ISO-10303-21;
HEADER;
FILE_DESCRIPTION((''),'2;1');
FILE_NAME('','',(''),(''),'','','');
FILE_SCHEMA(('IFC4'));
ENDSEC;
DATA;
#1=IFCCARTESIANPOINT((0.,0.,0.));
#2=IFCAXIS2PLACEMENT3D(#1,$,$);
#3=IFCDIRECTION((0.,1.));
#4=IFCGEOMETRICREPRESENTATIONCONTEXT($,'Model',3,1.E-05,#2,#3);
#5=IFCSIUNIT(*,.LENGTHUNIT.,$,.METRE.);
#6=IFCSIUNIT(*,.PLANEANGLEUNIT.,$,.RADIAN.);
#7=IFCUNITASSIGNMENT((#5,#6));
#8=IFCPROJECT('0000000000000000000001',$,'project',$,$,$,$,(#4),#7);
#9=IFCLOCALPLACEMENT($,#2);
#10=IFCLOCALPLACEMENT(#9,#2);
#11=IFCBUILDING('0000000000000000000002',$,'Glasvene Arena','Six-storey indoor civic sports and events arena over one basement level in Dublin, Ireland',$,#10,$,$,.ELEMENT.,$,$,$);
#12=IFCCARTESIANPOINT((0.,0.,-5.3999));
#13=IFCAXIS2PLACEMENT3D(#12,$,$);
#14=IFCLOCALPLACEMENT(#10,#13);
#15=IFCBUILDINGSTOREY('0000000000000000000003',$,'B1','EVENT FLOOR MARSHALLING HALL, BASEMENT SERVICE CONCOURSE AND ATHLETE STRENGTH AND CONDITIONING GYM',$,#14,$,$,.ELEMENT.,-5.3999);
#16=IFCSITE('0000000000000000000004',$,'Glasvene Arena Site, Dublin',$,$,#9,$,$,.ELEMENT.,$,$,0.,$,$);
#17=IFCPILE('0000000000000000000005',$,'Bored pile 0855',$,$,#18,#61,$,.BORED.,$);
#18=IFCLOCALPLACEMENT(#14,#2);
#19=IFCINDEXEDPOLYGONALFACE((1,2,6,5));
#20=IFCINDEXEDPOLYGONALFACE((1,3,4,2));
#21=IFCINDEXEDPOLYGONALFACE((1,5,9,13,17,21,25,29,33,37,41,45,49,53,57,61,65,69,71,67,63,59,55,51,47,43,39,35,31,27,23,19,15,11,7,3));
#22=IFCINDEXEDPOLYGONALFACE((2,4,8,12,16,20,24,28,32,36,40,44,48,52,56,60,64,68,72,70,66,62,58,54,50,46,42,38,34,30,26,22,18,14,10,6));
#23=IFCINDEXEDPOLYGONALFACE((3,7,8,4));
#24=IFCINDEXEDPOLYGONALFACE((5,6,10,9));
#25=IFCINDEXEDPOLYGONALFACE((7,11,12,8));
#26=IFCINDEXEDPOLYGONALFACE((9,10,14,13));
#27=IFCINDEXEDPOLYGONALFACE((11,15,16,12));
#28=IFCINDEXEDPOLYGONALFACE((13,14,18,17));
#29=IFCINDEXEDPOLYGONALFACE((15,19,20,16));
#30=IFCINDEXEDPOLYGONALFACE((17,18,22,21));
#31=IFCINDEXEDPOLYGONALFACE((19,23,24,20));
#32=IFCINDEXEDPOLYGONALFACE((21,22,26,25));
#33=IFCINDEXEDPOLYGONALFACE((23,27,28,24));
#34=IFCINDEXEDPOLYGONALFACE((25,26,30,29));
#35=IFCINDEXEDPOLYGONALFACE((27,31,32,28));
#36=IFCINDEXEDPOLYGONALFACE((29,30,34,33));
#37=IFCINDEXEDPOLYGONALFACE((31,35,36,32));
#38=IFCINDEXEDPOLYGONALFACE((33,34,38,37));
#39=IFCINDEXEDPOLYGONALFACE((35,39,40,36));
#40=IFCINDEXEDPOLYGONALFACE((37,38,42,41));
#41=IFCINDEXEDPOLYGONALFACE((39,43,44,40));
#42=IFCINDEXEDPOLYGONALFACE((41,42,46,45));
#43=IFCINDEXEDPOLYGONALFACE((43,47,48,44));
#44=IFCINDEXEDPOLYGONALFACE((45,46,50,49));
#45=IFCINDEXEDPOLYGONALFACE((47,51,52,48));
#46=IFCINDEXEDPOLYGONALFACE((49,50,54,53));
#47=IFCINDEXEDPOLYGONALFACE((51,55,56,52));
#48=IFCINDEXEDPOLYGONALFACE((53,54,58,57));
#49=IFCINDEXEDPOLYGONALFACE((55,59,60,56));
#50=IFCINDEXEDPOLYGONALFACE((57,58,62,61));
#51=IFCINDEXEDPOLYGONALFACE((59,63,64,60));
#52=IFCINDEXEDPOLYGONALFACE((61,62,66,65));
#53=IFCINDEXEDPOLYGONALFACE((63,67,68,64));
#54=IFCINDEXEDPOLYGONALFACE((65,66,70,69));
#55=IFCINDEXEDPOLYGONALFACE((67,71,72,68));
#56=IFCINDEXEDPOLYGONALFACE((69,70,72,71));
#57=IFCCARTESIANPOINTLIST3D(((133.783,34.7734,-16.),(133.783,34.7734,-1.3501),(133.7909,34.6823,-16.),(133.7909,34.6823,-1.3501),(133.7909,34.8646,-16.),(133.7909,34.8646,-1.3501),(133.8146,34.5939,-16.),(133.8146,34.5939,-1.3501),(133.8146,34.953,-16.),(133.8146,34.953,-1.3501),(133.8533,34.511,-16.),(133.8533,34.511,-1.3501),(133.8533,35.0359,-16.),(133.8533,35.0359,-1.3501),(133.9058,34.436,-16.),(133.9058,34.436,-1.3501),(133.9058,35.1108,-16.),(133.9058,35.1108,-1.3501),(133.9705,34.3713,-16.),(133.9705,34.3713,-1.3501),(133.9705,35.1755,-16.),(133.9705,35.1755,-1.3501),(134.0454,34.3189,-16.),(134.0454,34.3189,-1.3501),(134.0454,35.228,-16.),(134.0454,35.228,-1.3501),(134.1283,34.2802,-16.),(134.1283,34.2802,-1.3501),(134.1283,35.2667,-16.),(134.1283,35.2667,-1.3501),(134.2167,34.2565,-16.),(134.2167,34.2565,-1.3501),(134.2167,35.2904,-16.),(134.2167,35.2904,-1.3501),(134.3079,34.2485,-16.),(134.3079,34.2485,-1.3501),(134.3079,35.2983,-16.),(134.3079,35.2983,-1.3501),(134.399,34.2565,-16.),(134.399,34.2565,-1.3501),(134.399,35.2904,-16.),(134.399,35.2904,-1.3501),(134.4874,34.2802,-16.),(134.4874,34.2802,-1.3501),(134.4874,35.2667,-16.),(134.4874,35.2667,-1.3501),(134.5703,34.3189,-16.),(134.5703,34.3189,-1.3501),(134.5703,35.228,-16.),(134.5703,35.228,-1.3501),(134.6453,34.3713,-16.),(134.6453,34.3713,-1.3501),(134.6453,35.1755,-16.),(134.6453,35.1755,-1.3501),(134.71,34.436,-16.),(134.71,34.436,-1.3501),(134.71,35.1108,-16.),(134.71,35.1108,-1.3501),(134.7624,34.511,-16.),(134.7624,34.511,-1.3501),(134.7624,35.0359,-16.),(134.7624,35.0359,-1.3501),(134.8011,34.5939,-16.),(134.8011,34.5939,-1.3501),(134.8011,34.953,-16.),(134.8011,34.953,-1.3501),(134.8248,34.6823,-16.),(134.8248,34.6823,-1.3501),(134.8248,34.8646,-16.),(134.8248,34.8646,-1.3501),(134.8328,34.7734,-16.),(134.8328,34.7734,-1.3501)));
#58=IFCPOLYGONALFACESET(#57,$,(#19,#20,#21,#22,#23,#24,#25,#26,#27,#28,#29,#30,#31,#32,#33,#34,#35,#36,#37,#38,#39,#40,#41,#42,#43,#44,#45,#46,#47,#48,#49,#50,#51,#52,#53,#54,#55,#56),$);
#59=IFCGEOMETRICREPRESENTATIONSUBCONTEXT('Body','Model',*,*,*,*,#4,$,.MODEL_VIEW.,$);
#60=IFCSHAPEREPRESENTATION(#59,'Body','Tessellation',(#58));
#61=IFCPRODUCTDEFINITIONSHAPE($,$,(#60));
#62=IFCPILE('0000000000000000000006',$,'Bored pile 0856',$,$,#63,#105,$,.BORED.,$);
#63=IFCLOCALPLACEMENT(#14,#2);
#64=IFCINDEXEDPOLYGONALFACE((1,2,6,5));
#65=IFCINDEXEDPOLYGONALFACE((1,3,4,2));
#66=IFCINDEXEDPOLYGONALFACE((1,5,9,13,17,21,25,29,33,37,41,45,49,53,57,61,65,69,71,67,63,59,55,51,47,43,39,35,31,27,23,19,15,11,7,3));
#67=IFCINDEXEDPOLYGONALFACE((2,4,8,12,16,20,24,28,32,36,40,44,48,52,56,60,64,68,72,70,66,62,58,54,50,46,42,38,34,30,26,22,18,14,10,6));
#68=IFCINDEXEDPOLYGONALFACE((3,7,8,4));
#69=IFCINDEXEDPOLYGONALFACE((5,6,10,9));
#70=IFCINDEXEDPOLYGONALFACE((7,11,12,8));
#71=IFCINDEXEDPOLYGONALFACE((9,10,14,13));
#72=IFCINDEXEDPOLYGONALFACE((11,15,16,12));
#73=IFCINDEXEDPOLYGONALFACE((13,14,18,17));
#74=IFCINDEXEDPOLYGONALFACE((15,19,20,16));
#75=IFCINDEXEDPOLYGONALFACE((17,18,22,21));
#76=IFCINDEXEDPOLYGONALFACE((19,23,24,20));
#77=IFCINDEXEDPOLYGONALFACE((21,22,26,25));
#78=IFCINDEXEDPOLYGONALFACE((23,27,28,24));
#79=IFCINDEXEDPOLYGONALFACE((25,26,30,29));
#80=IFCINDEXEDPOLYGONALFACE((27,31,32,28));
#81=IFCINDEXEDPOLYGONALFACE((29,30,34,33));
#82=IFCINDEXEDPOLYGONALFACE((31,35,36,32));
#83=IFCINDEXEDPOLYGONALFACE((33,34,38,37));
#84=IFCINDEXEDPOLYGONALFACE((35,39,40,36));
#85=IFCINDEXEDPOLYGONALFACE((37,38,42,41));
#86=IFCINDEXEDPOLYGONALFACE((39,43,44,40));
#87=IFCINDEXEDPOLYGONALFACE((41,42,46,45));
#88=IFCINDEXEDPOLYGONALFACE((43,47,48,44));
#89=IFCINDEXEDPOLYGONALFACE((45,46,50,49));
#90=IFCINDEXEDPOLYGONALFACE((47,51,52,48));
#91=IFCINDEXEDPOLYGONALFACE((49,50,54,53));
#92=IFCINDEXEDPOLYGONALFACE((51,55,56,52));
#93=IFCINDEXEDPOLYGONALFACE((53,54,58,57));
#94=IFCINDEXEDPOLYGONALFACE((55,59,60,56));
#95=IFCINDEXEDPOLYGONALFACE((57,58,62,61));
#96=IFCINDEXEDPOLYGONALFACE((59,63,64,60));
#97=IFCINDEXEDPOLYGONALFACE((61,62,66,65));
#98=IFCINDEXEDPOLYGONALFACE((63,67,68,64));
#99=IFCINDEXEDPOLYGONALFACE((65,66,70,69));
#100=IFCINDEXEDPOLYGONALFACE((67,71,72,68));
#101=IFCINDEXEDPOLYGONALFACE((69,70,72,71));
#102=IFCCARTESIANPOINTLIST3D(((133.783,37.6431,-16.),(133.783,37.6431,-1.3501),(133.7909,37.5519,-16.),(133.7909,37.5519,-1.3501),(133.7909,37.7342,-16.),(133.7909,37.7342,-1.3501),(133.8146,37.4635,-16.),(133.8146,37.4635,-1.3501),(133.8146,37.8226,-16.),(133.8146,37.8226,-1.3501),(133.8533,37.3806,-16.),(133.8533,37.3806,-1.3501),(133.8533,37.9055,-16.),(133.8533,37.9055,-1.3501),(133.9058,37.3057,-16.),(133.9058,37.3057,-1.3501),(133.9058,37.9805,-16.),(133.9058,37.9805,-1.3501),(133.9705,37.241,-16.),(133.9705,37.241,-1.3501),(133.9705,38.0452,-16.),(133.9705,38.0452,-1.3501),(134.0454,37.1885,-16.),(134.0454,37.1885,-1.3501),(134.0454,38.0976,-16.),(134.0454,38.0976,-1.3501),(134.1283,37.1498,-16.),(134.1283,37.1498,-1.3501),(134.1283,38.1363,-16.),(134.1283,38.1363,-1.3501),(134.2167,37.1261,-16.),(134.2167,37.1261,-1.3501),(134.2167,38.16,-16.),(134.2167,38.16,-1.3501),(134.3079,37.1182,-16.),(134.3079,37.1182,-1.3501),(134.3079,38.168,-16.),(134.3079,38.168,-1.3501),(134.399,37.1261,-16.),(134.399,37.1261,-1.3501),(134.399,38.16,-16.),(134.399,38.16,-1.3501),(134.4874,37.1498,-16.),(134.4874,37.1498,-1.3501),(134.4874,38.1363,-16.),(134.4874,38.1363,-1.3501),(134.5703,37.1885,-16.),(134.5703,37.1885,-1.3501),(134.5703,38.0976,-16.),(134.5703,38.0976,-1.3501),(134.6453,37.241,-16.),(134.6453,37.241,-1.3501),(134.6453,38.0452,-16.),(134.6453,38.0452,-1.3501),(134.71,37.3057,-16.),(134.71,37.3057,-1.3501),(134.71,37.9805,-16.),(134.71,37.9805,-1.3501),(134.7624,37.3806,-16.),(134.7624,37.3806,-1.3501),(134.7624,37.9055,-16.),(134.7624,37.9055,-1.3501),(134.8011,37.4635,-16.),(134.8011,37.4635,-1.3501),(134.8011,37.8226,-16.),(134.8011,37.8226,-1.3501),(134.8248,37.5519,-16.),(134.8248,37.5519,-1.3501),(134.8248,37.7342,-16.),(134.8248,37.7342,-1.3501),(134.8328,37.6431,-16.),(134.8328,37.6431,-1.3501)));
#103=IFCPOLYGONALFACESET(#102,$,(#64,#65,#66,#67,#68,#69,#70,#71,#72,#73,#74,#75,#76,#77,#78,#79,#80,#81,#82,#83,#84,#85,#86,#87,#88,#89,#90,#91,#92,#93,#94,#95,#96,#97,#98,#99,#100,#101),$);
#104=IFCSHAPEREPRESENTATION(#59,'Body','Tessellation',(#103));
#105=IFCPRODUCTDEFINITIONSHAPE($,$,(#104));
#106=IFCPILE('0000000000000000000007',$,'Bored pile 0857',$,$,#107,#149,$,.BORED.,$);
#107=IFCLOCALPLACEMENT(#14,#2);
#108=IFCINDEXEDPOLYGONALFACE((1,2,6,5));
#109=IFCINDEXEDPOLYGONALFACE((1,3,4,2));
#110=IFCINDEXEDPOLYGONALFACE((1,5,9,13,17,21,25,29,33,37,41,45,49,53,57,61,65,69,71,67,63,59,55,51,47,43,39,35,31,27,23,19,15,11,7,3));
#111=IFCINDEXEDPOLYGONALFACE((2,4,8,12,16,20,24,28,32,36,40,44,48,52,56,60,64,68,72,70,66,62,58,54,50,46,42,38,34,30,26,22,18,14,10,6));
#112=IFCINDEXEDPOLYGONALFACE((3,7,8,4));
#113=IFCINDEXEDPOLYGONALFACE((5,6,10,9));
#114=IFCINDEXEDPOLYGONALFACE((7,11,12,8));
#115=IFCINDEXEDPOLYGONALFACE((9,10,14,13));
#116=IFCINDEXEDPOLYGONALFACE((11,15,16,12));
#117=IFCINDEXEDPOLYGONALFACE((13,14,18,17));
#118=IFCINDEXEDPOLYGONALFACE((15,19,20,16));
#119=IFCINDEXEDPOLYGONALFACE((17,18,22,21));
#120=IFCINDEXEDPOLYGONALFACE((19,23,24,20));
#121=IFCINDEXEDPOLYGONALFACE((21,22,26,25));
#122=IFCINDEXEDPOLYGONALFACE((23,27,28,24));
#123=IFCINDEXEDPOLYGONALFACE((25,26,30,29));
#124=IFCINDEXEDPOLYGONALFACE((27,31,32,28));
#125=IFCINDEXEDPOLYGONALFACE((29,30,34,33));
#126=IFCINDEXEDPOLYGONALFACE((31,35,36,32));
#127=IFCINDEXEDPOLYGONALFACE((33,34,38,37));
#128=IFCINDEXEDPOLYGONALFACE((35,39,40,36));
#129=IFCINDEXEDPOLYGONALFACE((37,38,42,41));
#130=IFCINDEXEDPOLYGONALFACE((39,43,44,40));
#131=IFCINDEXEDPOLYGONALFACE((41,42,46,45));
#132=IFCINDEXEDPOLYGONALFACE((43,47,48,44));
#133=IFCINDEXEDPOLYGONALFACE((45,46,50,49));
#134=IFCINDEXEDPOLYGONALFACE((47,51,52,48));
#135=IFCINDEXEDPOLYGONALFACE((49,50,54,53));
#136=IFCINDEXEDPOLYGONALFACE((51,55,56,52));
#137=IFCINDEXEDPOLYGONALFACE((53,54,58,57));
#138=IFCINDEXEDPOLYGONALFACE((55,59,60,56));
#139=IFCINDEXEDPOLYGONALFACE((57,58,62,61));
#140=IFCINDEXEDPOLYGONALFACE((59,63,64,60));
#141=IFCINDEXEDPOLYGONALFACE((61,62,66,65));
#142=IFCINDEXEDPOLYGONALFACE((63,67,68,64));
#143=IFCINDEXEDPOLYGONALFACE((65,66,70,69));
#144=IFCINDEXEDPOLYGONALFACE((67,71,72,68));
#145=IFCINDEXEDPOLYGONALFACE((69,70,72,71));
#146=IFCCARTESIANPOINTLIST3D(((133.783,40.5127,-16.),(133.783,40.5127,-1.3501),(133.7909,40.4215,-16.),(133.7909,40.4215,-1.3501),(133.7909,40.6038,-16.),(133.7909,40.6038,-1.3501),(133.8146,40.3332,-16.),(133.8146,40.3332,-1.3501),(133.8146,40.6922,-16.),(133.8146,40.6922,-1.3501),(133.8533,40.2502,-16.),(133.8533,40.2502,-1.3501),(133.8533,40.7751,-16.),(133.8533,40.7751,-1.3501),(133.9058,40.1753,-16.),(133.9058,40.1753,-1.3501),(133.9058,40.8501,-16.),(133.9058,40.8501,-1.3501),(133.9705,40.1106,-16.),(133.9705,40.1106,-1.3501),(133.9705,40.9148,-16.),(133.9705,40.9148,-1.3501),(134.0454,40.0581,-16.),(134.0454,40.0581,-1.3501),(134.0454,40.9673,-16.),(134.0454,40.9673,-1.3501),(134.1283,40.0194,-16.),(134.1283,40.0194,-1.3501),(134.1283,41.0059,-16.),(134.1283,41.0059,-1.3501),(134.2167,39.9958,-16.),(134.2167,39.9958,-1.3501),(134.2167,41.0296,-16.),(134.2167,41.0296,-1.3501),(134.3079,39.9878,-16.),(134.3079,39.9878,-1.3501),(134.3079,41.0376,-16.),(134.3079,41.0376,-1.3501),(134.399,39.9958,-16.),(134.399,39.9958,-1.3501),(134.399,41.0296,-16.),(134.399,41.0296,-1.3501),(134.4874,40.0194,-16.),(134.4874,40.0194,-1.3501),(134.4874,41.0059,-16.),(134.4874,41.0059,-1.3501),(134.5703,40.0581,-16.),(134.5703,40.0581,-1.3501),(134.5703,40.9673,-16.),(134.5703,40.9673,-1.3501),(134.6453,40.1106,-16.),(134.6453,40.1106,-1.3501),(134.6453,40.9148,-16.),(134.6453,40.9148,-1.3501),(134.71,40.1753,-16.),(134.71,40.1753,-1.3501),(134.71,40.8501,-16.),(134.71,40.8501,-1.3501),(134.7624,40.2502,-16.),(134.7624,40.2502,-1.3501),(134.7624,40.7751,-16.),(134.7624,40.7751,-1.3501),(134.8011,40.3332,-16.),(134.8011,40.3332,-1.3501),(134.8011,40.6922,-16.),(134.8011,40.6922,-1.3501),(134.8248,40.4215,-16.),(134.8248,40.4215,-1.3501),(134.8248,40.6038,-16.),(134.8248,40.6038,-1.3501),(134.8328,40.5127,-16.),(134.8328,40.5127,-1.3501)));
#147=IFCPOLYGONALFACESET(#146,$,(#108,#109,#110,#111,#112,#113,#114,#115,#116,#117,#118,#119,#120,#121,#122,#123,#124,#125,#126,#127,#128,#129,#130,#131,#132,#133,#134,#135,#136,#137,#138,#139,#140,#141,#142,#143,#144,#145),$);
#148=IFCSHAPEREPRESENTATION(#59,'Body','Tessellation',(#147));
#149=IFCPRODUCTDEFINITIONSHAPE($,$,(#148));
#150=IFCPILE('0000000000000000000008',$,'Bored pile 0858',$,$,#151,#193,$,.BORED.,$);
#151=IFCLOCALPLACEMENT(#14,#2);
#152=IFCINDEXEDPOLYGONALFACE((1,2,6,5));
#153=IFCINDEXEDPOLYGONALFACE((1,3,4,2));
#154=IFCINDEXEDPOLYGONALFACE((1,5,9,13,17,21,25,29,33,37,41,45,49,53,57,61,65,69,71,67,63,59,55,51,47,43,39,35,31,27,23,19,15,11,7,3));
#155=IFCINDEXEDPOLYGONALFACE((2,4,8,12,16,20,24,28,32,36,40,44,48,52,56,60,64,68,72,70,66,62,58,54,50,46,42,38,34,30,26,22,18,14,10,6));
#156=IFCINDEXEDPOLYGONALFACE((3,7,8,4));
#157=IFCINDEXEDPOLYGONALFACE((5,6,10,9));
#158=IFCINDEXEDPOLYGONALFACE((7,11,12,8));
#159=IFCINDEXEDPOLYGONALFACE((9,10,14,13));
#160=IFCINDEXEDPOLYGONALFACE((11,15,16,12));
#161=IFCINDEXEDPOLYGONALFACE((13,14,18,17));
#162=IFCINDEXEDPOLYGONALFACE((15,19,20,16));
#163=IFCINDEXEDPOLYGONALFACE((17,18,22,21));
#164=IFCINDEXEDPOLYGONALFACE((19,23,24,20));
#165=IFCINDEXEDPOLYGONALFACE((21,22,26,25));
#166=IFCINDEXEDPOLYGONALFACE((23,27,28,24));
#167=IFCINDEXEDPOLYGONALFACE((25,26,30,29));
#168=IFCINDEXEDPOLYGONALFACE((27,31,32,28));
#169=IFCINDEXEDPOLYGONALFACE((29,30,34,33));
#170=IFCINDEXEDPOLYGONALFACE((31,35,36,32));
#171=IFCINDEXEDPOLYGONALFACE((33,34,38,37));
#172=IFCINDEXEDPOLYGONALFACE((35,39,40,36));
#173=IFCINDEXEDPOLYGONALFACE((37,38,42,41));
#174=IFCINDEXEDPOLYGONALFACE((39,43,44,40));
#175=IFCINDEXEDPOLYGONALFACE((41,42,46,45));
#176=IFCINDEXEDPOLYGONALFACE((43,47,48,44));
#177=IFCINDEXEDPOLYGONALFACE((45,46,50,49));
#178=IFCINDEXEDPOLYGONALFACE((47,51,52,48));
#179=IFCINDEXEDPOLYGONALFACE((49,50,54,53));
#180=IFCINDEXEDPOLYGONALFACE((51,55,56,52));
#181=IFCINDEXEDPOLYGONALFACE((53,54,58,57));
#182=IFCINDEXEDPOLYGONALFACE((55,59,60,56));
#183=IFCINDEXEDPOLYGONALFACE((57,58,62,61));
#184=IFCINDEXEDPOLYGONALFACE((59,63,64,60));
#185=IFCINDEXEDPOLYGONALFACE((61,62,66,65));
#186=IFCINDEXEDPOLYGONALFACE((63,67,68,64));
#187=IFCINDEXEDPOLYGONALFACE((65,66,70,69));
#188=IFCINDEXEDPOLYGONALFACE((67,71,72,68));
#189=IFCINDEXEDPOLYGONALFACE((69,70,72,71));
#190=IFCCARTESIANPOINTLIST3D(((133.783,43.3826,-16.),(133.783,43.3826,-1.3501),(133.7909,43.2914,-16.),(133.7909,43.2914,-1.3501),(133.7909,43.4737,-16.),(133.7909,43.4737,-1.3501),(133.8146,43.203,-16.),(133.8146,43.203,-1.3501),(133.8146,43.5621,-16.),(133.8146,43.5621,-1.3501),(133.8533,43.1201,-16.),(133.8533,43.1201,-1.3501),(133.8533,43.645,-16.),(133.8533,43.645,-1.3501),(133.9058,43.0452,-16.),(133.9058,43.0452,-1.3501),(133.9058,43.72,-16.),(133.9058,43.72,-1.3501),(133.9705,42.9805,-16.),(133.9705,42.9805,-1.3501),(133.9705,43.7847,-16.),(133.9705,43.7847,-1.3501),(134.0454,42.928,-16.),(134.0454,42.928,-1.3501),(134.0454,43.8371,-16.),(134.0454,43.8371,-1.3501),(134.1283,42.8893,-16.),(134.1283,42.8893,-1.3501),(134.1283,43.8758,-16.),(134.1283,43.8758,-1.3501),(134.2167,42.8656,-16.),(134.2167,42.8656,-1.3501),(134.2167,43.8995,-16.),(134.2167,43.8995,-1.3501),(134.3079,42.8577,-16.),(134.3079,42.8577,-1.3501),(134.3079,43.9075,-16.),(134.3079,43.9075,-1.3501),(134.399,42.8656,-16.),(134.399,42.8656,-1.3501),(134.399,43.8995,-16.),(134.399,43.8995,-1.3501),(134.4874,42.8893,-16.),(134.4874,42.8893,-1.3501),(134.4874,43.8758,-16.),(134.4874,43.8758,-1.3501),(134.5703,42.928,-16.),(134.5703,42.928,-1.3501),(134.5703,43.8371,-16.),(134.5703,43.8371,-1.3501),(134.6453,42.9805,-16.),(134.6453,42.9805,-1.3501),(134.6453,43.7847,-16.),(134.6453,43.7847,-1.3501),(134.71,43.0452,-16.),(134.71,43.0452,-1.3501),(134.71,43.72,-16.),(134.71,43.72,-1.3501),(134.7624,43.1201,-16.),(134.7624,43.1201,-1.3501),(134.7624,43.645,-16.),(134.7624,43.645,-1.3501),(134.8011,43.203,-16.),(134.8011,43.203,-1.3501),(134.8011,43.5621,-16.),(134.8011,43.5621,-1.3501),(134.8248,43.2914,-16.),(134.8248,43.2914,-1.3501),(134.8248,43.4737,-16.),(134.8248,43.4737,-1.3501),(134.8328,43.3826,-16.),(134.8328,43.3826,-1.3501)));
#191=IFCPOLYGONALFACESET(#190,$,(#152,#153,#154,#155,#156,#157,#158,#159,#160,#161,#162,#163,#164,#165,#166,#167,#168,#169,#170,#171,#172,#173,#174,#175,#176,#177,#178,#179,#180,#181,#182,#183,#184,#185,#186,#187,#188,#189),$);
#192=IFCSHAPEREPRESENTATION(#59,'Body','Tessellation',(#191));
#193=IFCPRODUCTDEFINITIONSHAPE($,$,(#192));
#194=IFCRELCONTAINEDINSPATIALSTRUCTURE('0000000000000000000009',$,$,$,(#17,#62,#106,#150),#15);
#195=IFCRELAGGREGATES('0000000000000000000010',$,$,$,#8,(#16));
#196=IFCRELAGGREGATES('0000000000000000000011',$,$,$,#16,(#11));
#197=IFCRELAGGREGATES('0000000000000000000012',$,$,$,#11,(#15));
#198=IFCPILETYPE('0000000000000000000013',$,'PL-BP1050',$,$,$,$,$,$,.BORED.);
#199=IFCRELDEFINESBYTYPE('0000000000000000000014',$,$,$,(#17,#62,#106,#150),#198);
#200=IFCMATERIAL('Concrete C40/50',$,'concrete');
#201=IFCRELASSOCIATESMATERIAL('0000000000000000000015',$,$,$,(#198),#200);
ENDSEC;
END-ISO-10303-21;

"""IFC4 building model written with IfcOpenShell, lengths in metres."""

from ifc_helpers import new_model, si_unit, direction, frame, origin, origin_2d, place, context, subcontext, project, spatial, circle, extrude, material, material_profile, profile_set, type_object, element, save


model = new_model("IFC4")

# Units and contexts
model_context = context("Model", 3, precision=1e-05, world=origin(), true_north=direction((0.0, 1.0)))
body_context = subcontext(model_context, "Body", "Model", "MODEL_VIEW")
ifc_project = project(units=[si_unit("LENGTHUNIT", "METRE"), si_unit("PLANEANGLEUNIT", "RADIAN")], contexts=[model_context])

# Site, building, storey
site_placement = place(None, origin())
site = spatial("IfcSite", under=ifc_project, at=site_placement, Name="Glasvene Arena Site, Dublin", CompositionType="ELEMENT", RefElevation=0.0)
building_placement = place(site_placement, origin())
building = spatial("IfcBuilding", under=site, at=building_placement, Name="Glasvene Arena", Description="Six-storey indoor civic sports and events arena over one basement level in Dublin, Ireland", CompositionType="ELEMENT")
storey_placement = place(building_placement, frame((0.0, 0.0, -5.3999)))
storey = spatial("IfcBuildingStorey", under=building, at=storey_placement, Name="B1", Description="EVENT FLOOR MARSHALLING HALL, BASEMENT SERVICE CONCOURSE AND ATHLETE STRENGTH AND CONDITIONING GYM", CompositionType="ELEMENT", Elevation=-5.3999)

# Piles
ifc_material_1 = material(Name="Concrete C40/50", Category="concrete")
ifc_material_profile_1 = material_profile(ifc_material_1, circle(Radius=0.5249, at=origin_2d()), Name="BORED PILE 1050")
ifc_profile_set_1 = profile_set([ifc_material_profile_1], Name="Concrete C40/50")
pile_type = type_object("IfcPileType", Name="PL-BP1050", PredefinedType="BORED", material=ifc_profile_set_1)
for number, where, z_axis, x_axis, name in (
    (1, (134.3079, 34.7734, -1.3501), (0.0, 0.0, -1.0), (1.0, 0.0, 0.0), "Bored pile 0855"),
    (2, (134.3079, 37.6431, -1.3501), (0.0, 0.0, -1.0), (1.0, 0.0, 0.0), "Bored pile 0856"),
    (3, (134.3079, 40.5127, -1.3501), (0.0, 0.0, -1.0), (1.0, 0.0, 0.0), "Bored pile 0857"),
    (4, (134.3079, 43.3826, -1.3501), (0.0, 0.0, -1.0), (1.0, 0.0, 0.0), "Bored pile 0858"),
):
    element("IfcPile", number, at=place(storey_placement, frame(where, z_axis=z_axis, x_axis=x_axis)), inside=storey, type_object=pile_type, Name=name, PredefinedType="BORED", context=body_context, shape_type="SweptSolid", body=[
        extrude(circle(Radius=0.5249, at=origin_2d()), origin(), (0.0, 0.0, 1.0), 14.6499),
    ])

save(model, "model.ifc")
